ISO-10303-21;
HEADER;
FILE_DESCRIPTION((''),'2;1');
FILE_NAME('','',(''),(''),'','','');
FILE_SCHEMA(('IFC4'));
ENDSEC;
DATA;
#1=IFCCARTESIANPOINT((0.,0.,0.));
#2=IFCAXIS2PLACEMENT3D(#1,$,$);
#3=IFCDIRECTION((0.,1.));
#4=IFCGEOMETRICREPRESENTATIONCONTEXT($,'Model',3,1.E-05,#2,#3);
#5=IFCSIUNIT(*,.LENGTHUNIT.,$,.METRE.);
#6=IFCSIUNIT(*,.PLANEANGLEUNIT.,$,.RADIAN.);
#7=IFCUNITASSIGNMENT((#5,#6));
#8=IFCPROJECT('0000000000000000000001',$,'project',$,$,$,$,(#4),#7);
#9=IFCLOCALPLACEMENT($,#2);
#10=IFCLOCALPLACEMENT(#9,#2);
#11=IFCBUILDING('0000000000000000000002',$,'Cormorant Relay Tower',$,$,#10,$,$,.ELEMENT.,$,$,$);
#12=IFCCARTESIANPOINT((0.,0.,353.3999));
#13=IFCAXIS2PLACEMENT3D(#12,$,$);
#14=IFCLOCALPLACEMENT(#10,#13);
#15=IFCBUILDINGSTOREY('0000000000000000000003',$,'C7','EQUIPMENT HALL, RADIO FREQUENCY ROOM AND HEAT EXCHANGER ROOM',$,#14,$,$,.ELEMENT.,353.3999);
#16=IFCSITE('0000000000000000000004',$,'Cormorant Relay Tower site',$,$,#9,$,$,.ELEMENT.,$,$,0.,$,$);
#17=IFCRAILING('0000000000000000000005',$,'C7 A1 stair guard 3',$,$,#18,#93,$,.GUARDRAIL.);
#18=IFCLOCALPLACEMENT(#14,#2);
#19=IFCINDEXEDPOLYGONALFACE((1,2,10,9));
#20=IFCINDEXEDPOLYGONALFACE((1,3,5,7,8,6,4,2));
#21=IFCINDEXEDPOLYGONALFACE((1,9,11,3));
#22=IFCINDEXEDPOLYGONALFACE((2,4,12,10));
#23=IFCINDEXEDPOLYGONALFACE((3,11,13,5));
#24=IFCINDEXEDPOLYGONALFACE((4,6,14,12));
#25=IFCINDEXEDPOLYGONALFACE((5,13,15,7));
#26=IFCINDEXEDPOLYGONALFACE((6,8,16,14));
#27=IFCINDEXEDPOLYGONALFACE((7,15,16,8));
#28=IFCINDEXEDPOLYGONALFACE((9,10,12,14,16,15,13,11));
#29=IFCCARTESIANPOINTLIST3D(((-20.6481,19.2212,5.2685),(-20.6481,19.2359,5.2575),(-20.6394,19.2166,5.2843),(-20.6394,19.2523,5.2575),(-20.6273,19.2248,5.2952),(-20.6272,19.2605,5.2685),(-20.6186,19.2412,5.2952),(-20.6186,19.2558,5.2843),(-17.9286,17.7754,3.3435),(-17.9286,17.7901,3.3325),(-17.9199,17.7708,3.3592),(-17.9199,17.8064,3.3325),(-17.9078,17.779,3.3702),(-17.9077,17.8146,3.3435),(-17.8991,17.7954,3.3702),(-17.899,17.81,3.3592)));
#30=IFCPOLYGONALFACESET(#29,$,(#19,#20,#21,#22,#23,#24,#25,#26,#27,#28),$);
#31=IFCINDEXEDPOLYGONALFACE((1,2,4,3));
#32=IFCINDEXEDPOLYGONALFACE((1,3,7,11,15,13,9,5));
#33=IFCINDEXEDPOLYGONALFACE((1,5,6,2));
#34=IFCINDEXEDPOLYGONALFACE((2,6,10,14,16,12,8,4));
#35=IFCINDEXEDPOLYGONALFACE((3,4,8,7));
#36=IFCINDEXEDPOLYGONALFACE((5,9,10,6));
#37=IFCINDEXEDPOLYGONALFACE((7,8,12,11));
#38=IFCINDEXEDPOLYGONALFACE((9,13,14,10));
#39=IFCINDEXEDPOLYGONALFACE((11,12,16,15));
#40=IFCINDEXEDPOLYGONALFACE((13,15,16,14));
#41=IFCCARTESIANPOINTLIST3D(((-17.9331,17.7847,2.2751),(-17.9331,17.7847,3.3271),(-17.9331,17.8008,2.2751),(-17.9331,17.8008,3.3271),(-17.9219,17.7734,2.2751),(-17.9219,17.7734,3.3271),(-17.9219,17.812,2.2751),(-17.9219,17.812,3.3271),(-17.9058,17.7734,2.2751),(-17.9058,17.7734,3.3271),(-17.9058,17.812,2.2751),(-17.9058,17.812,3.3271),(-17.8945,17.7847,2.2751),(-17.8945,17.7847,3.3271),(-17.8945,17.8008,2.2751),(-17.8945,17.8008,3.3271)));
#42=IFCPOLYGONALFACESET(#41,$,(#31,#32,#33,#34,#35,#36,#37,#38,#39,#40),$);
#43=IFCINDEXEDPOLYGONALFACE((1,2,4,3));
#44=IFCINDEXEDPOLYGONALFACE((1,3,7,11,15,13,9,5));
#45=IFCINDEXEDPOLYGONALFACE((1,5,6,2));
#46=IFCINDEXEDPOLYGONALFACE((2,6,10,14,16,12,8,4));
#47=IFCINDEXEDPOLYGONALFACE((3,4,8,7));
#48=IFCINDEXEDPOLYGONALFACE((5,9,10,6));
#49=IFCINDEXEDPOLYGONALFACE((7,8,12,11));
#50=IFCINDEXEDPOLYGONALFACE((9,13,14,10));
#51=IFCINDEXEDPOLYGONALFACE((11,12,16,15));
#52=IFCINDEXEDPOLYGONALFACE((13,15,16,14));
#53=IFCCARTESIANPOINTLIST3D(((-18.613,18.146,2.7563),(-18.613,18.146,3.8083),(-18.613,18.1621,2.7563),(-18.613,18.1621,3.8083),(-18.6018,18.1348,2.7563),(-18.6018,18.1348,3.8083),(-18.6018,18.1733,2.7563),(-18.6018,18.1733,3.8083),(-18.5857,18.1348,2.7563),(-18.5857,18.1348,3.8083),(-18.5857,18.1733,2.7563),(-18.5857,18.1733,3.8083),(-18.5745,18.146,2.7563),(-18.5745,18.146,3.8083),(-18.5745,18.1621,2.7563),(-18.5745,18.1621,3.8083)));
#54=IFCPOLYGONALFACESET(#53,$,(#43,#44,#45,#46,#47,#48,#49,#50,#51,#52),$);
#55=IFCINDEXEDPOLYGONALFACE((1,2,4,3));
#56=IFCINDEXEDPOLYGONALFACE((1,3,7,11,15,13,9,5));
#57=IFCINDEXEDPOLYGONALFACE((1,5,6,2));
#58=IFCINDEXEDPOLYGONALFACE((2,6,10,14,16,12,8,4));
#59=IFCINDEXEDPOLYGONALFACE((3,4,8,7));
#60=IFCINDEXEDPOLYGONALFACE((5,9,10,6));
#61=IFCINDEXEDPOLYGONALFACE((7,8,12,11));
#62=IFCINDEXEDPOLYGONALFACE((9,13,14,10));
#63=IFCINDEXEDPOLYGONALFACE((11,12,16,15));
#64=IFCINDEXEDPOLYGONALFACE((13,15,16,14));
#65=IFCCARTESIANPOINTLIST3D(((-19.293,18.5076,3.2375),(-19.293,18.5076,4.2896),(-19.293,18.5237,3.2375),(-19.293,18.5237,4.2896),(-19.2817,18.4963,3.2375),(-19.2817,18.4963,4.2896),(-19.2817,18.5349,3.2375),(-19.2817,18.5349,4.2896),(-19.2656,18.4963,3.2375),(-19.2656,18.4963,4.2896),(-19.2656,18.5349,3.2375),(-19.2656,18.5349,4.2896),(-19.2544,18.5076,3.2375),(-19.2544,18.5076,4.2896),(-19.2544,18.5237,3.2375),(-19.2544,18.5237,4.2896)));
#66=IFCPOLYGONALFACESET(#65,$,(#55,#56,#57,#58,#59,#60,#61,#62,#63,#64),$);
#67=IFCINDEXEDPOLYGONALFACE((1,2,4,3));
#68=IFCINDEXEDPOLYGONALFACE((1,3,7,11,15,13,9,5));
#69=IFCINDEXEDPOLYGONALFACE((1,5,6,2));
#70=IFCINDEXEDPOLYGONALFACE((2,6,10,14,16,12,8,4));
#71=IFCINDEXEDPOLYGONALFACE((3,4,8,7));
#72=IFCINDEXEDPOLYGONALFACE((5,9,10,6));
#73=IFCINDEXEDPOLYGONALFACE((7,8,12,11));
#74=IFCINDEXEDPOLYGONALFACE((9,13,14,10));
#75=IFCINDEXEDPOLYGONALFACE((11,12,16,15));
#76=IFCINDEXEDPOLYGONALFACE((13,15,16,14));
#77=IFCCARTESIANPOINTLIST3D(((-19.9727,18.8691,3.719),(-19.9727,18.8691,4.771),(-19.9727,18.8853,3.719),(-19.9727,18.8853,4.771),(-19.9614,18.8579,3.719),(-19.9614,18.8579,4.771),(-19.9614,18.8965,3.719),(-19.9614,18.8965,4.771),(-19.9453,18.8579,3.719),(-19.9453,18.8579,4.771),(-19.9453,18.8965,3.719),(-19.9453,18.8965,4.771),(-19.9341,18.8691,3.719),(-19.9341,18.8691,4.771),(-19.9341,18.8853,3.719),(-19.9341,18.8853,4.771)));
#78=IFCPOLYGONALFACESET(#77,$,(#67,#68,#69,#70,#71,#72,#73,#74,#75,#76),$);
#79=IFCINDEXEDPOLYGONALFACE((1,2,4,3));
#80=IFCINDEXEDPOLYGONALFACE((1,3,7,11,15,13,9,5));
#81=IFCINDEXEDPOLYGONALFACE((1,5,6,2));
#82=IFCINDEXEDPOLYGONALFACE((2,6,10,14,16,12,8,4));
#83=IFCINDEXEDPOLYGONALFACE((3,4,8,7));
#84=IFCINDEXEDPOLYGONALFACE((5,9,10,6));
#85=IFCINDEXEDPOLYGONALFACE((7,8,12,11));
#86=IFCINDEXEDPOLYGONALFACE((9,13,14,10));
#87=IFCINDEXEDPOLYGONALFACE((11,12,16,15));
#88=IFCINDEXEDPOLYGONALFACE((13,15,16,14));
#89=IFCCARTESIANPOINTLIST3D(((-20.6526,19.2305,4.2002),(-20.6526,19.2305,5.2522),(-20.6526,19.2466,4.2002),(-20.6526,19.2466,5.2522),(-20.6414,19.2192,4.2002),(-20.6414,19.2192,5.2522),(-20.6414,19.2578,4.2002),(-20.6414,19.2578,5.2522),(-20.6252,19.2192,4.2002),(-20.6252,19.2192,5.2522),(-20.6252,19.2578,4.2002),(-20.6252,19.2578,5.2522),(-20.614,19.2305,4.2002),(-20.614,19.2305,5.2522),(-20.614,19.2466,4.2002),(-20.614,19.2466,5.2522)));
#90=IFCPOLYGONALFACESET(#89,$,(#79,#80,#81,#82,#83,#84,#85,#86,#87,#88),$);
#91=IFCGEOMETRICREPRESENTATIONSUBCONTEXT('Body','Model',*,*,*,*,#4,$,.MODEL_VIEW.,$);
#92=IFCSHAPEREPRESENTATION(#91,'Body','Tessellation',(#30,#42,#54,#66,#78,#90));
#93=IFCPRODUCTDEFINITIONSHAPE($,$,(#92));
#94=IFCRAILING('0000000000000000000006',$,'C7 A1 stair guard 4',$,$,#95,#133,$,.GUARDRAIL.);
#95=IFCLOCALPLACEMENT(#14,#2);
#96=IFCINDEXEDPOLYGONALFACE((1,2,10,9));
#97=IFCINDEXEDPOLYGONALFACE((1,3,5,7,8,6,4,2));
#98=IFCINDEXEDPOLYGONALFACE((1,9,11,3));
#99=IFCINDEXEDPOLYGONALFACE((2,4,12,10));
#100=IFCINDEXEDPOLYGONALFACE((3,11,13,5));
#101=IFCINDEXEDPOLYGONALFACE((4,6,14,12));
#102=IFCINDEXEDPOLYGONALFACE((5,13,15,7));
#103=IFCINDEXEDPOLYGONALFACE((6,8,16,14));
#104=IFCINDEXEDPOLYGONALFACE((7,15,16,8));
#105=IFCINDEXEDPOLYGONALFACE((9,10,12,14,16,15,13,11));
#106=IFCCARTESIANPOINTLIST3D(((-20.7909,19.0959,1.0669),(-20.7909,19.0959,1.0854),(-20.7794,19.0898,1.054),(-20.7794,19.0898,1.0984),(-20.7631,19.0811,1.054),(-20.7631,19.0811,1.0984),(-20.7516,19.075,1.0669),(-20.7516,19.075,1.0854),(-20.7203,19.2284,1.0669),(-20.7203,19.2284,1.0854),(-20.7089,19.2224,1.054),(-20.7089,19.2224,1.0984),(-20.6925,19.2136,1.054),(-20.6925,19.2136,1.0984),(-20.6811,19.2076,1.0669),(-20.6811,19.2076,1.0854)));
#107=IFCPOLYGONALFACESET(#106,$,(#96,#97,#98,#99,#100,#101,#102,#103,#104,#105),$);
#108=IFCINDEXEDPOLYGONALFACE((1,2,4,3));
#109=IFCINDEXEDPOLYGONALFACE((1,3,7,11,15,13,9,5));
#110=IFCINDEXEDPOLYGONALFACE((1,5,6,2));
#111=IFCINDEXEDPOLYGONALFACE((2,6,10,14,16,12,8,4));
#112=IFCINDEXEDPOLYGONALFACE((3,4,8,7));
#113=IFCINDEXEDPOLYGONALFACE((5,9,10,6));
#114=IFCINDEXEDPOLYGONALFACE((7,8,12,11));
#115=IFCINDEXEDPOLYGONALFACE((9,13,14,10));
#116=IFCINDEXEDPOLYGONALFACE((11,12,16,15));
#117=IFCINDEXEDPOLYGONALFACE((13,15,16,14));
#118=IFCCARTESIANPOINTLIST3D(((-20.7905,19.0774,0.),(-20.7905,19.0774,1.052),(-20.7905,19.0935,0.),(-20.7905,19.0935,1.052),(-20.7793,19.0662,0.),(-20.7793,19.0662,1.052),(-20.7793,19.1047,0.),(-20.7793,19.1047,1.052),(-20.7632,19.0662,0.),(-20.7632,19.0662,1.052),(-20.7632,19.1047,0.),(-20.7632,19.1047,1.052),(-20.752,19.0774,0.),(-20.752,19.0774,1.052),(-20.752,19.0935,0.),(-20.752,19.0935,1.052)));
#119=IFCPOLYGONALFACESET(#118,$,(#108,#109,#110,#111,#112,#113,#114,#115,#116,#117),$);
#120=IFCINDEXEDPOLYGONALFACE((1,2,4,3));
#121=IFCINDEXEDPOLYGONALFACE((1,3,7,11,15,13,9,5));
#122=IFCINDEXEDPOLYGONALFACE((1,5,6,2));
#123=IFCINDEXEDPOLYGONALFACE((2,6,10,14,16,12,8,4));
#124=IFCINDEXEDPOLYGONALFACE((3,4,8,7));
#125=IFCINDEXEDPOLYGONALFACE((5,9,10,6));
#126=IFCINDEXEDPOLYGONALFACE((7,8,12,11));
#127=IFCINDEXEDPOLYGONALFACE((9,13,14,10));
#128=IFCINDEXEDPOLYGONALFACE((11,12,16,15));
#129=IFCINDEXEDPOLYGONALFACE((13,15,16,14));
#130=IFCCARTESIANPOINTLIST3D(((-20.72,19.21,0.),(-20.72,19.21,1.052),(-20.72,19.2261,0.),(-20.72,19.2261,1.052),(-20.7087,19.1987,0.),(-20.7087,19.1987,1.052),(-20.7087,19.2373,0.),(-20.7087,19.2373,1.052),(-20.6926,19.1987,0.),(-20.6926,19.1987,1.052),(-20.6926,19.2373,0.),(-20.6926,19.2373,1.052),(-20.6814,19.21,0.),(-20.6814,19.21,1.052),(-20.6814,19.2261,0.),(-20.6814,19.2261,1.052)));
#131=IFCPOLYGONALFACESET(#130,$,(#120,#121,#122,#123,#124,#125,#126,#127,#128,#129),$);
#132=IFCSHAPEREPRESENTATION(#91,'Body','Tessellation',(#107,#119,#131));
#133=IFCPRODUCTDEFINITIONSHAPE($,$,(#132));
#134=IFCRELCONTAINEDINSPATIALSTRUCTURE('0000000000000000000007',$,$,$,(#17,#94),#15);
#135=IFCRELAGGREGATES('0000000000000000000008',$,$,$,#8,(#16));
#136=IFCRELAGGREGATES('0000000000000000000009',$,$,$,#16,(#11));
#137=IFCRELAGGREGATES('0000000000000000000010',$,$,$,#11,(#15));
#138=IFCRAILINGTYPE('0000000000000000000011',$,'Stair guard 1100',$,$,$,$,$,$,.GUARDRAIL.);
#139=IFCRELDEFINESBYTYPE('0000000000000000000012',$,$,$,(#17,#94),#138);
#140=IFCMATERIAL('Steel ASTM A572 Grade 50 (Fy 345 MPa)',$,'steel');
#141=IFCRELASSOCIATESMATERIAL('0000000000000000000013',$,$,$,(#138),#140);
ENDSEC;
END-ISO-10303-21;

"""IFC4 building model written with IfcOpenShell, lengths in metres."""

from ifc_helpers import new_model, si_unit, direction, frame, origin, place, context, subcontext, project, spatial, polyline, outline, extrude, material, type_object, element, save


model = new_model("IFC4")

# Units and contexts
model_context = context("Model", 3, precision=1e-05, world=origin(), true_north=direction((0.0, 1.0)))
body_context = subcontext(model_context, "Body", "Model", "MODEL_VIEW")
ifc_project = project(units=[si_unit("LENGTHUNIT", "METRE"), si_unit("PLANEANGLEUNIT", "RADIAN")], contexts=[model_context])

# Site, building, storey
site_placement = place(None, origin())
site = spatial("IfcSite", under=ifc_project, at=site_placement, Name="Cormorant Relay Tower site", CompositionType="ELEMENT", RefElevation=0.0)
building_placement = place(site_placement, origin())
building = spatial("IfcBuilding", under=site, at=building_placement, Name="Cormorant Relay Tower", CompositionType="ELEMENT")
storey_placement = place(building_placement, frame((0.0, 0.0, 353.3999)))
storey = spatial("IfcBuildingStorey", under=building, at=storey_placement, Name="C7", Description="EQUIPMENT HALL, RADIO FREQUENCY ROOM AND HEAT EXCHANGER ROOM", CompositionType="ELEMENT", Elevation=353.3999)

# Railings
ifc_material_1 = material(Name="Steel ASTM A572 Grade 50 (Fy 345 MPa)", Category="steel")
railing_type_1 = type_object("IfcRailingType", Name="Stair guard 1100", PredefinedType="GUARDRAIL", material=ifc_material_1)
railing_1_placement = place(storey_placement, frame((-17.9138, 17.7927, 2.2751)))
element("IfcRailing", 1, at=railing_1_placement, inside=storey, type_object=railing_type_1, Name="C7 A1 stair guard 3", PredefinedType="GUARDRAIL", context=body_context, shape_type="SweptSolid", body=[
    extrude(outline(polyline([(0.0222, 0.0093), (0.0093, 0.0222), (-0.0093, 0.0222), (-0.0222, 0.0093), (-0.0222, -0.0093), (-0.0093, -0.0222), (0.0093, -0.0222), (0.0222, -0.0093), (0.0222, 0.0093)])), frame((0.0, 0.0, 1.0762), z_axis=(-0.748747, 0.398068, 0.530018), x_axis=(-0.469428, -0.882971, 0.0)), (0.0, 0.0, 1.0), 3.6321),
    extrude(outline(polyline([(0.0193, 0.0081), (0.0081, 0.0193), (-0.0081, 0.0193), (-0.0193, 0.0081), (-0.0193, -0.0081), (-0.0081, -0.0193), (0.0081, -0.0193), (0.0193, -0.0081), (0.0193, 0.0081)])), origin(), (0.0, 0.0, 1.0), 1.052),
    extrude(outline(polyline([(0.0193, 0.0081), (0.0081, 0.0193), (-0.0081, 0.0193), (-0.0193, 0.0081), (-0.0193, -0.0081), (-0.0081, -0.0193), (0.0081, -0.0193), (0.0193, -0.0081), (0.0193, 0.0081)])), frame((-0.6799, 0.3613, 0.4812)), (0.0, 0.0, 1.0), 1.052),
    extrude(outline(polyline([(0.0193, 0.0081), (0.0081, 0.0193), (-0.0081, 0.0193), (-0.0193, 0.0081), (-0.0193, -0.0081), (-0.0081, -0.0193), (0.0081, -0.0193), (0.0193, -0.0081), (0.0193, 0.0081)])), frame((-1.3599, 0.7229, 0.9624)), (0.0, 0.0, 1.0), 1.052),
    extrude(outline(polyline([(0.0193, 0.0081), (0.0081, 0.0193), (-0.0081, 0.0193), (-0.0193, 0.0081), (-0.0193, -0.0081), (-0.0081, -0.0193), (0.0081, -0.0193), (0.0193, -0.0081), (0.0193, 0.0081)])), frame((-2.0396, 1.0845, 1.4438)), (0.0, 0.0, 1.0), 1.052),
    extrude(outline(polyline([(0.0193, 0.0081), (0.0081, 0.0193), (-0.0081, 0.0193), (-0.0193, 0.0081), (-0.0193, -0.0081), (-0.0081, -0.0193), (0.0081, -0.0193), (0.0193, -0.0081), (0.0193, 0.0081)])), frame((-2.7195, 1.4458, 1.925)), (0.0, 0.0, 1.0), 1.052),
])
railing_2_placement = place(storey_placement, frame((-20.7712, 19.0854, 0.0)))
element("IfcRailing", 2, at=railing_2_placement, inside=storey, type_object=railing_type_1, Name="C7 A1 stair guard 4", PredefinedType="GUARDRAIL", context=body_context, shape_type="SweptSolid", body=[
    extrude(outline(polyline([(0.0222, 0.0093), (0.0093, 0.0222), (-0.0093, 0.0222), (-0.0222, 0.0093), (-0.0222, -0.0093), (-0.0093, -0.0222), (0.0093, -0.0222), (0.0222, -0.0093), (0.0222, 0.0093)])), frame((0.0, 0.0, 1.0762), z_axis=(0.469829, 0.882758, 0.0), x_axis=(-0.882758, 0.469829, 0.0)), (0.0, 0.0, 1.0), 0.1501),
    extrude(outline(polyline([(0.0193, 0.0081), (0.0081, 0.0193), (-0.0081, 0.0193), (-0.0193, 0.0081), (-0.0193, -0.0081), (-0.0081, -0.0193), (0.0081, -0.0193), (0.0193, -0.0081), (0.0193, 0.0081)])), origin(), (0.0, 0.0, 1.0), 1.052),
    extrude(outline(polyline([(0.0193, 0.0081), (0.0081, 0.0193), (-0.0081, 0.0193), (-0.0193, 0.0081), (-0.0193, -0.0081), (-0.0081, -0.0193), (0.0081, -0.0193), (0.0193, -0.0081), (0.0193, 0.0081)])), frame((0.0706, 0.1326, 0.0)), (0.0, 0.0, 1.0), 1.052),
])

save(model, "model.ifc")
